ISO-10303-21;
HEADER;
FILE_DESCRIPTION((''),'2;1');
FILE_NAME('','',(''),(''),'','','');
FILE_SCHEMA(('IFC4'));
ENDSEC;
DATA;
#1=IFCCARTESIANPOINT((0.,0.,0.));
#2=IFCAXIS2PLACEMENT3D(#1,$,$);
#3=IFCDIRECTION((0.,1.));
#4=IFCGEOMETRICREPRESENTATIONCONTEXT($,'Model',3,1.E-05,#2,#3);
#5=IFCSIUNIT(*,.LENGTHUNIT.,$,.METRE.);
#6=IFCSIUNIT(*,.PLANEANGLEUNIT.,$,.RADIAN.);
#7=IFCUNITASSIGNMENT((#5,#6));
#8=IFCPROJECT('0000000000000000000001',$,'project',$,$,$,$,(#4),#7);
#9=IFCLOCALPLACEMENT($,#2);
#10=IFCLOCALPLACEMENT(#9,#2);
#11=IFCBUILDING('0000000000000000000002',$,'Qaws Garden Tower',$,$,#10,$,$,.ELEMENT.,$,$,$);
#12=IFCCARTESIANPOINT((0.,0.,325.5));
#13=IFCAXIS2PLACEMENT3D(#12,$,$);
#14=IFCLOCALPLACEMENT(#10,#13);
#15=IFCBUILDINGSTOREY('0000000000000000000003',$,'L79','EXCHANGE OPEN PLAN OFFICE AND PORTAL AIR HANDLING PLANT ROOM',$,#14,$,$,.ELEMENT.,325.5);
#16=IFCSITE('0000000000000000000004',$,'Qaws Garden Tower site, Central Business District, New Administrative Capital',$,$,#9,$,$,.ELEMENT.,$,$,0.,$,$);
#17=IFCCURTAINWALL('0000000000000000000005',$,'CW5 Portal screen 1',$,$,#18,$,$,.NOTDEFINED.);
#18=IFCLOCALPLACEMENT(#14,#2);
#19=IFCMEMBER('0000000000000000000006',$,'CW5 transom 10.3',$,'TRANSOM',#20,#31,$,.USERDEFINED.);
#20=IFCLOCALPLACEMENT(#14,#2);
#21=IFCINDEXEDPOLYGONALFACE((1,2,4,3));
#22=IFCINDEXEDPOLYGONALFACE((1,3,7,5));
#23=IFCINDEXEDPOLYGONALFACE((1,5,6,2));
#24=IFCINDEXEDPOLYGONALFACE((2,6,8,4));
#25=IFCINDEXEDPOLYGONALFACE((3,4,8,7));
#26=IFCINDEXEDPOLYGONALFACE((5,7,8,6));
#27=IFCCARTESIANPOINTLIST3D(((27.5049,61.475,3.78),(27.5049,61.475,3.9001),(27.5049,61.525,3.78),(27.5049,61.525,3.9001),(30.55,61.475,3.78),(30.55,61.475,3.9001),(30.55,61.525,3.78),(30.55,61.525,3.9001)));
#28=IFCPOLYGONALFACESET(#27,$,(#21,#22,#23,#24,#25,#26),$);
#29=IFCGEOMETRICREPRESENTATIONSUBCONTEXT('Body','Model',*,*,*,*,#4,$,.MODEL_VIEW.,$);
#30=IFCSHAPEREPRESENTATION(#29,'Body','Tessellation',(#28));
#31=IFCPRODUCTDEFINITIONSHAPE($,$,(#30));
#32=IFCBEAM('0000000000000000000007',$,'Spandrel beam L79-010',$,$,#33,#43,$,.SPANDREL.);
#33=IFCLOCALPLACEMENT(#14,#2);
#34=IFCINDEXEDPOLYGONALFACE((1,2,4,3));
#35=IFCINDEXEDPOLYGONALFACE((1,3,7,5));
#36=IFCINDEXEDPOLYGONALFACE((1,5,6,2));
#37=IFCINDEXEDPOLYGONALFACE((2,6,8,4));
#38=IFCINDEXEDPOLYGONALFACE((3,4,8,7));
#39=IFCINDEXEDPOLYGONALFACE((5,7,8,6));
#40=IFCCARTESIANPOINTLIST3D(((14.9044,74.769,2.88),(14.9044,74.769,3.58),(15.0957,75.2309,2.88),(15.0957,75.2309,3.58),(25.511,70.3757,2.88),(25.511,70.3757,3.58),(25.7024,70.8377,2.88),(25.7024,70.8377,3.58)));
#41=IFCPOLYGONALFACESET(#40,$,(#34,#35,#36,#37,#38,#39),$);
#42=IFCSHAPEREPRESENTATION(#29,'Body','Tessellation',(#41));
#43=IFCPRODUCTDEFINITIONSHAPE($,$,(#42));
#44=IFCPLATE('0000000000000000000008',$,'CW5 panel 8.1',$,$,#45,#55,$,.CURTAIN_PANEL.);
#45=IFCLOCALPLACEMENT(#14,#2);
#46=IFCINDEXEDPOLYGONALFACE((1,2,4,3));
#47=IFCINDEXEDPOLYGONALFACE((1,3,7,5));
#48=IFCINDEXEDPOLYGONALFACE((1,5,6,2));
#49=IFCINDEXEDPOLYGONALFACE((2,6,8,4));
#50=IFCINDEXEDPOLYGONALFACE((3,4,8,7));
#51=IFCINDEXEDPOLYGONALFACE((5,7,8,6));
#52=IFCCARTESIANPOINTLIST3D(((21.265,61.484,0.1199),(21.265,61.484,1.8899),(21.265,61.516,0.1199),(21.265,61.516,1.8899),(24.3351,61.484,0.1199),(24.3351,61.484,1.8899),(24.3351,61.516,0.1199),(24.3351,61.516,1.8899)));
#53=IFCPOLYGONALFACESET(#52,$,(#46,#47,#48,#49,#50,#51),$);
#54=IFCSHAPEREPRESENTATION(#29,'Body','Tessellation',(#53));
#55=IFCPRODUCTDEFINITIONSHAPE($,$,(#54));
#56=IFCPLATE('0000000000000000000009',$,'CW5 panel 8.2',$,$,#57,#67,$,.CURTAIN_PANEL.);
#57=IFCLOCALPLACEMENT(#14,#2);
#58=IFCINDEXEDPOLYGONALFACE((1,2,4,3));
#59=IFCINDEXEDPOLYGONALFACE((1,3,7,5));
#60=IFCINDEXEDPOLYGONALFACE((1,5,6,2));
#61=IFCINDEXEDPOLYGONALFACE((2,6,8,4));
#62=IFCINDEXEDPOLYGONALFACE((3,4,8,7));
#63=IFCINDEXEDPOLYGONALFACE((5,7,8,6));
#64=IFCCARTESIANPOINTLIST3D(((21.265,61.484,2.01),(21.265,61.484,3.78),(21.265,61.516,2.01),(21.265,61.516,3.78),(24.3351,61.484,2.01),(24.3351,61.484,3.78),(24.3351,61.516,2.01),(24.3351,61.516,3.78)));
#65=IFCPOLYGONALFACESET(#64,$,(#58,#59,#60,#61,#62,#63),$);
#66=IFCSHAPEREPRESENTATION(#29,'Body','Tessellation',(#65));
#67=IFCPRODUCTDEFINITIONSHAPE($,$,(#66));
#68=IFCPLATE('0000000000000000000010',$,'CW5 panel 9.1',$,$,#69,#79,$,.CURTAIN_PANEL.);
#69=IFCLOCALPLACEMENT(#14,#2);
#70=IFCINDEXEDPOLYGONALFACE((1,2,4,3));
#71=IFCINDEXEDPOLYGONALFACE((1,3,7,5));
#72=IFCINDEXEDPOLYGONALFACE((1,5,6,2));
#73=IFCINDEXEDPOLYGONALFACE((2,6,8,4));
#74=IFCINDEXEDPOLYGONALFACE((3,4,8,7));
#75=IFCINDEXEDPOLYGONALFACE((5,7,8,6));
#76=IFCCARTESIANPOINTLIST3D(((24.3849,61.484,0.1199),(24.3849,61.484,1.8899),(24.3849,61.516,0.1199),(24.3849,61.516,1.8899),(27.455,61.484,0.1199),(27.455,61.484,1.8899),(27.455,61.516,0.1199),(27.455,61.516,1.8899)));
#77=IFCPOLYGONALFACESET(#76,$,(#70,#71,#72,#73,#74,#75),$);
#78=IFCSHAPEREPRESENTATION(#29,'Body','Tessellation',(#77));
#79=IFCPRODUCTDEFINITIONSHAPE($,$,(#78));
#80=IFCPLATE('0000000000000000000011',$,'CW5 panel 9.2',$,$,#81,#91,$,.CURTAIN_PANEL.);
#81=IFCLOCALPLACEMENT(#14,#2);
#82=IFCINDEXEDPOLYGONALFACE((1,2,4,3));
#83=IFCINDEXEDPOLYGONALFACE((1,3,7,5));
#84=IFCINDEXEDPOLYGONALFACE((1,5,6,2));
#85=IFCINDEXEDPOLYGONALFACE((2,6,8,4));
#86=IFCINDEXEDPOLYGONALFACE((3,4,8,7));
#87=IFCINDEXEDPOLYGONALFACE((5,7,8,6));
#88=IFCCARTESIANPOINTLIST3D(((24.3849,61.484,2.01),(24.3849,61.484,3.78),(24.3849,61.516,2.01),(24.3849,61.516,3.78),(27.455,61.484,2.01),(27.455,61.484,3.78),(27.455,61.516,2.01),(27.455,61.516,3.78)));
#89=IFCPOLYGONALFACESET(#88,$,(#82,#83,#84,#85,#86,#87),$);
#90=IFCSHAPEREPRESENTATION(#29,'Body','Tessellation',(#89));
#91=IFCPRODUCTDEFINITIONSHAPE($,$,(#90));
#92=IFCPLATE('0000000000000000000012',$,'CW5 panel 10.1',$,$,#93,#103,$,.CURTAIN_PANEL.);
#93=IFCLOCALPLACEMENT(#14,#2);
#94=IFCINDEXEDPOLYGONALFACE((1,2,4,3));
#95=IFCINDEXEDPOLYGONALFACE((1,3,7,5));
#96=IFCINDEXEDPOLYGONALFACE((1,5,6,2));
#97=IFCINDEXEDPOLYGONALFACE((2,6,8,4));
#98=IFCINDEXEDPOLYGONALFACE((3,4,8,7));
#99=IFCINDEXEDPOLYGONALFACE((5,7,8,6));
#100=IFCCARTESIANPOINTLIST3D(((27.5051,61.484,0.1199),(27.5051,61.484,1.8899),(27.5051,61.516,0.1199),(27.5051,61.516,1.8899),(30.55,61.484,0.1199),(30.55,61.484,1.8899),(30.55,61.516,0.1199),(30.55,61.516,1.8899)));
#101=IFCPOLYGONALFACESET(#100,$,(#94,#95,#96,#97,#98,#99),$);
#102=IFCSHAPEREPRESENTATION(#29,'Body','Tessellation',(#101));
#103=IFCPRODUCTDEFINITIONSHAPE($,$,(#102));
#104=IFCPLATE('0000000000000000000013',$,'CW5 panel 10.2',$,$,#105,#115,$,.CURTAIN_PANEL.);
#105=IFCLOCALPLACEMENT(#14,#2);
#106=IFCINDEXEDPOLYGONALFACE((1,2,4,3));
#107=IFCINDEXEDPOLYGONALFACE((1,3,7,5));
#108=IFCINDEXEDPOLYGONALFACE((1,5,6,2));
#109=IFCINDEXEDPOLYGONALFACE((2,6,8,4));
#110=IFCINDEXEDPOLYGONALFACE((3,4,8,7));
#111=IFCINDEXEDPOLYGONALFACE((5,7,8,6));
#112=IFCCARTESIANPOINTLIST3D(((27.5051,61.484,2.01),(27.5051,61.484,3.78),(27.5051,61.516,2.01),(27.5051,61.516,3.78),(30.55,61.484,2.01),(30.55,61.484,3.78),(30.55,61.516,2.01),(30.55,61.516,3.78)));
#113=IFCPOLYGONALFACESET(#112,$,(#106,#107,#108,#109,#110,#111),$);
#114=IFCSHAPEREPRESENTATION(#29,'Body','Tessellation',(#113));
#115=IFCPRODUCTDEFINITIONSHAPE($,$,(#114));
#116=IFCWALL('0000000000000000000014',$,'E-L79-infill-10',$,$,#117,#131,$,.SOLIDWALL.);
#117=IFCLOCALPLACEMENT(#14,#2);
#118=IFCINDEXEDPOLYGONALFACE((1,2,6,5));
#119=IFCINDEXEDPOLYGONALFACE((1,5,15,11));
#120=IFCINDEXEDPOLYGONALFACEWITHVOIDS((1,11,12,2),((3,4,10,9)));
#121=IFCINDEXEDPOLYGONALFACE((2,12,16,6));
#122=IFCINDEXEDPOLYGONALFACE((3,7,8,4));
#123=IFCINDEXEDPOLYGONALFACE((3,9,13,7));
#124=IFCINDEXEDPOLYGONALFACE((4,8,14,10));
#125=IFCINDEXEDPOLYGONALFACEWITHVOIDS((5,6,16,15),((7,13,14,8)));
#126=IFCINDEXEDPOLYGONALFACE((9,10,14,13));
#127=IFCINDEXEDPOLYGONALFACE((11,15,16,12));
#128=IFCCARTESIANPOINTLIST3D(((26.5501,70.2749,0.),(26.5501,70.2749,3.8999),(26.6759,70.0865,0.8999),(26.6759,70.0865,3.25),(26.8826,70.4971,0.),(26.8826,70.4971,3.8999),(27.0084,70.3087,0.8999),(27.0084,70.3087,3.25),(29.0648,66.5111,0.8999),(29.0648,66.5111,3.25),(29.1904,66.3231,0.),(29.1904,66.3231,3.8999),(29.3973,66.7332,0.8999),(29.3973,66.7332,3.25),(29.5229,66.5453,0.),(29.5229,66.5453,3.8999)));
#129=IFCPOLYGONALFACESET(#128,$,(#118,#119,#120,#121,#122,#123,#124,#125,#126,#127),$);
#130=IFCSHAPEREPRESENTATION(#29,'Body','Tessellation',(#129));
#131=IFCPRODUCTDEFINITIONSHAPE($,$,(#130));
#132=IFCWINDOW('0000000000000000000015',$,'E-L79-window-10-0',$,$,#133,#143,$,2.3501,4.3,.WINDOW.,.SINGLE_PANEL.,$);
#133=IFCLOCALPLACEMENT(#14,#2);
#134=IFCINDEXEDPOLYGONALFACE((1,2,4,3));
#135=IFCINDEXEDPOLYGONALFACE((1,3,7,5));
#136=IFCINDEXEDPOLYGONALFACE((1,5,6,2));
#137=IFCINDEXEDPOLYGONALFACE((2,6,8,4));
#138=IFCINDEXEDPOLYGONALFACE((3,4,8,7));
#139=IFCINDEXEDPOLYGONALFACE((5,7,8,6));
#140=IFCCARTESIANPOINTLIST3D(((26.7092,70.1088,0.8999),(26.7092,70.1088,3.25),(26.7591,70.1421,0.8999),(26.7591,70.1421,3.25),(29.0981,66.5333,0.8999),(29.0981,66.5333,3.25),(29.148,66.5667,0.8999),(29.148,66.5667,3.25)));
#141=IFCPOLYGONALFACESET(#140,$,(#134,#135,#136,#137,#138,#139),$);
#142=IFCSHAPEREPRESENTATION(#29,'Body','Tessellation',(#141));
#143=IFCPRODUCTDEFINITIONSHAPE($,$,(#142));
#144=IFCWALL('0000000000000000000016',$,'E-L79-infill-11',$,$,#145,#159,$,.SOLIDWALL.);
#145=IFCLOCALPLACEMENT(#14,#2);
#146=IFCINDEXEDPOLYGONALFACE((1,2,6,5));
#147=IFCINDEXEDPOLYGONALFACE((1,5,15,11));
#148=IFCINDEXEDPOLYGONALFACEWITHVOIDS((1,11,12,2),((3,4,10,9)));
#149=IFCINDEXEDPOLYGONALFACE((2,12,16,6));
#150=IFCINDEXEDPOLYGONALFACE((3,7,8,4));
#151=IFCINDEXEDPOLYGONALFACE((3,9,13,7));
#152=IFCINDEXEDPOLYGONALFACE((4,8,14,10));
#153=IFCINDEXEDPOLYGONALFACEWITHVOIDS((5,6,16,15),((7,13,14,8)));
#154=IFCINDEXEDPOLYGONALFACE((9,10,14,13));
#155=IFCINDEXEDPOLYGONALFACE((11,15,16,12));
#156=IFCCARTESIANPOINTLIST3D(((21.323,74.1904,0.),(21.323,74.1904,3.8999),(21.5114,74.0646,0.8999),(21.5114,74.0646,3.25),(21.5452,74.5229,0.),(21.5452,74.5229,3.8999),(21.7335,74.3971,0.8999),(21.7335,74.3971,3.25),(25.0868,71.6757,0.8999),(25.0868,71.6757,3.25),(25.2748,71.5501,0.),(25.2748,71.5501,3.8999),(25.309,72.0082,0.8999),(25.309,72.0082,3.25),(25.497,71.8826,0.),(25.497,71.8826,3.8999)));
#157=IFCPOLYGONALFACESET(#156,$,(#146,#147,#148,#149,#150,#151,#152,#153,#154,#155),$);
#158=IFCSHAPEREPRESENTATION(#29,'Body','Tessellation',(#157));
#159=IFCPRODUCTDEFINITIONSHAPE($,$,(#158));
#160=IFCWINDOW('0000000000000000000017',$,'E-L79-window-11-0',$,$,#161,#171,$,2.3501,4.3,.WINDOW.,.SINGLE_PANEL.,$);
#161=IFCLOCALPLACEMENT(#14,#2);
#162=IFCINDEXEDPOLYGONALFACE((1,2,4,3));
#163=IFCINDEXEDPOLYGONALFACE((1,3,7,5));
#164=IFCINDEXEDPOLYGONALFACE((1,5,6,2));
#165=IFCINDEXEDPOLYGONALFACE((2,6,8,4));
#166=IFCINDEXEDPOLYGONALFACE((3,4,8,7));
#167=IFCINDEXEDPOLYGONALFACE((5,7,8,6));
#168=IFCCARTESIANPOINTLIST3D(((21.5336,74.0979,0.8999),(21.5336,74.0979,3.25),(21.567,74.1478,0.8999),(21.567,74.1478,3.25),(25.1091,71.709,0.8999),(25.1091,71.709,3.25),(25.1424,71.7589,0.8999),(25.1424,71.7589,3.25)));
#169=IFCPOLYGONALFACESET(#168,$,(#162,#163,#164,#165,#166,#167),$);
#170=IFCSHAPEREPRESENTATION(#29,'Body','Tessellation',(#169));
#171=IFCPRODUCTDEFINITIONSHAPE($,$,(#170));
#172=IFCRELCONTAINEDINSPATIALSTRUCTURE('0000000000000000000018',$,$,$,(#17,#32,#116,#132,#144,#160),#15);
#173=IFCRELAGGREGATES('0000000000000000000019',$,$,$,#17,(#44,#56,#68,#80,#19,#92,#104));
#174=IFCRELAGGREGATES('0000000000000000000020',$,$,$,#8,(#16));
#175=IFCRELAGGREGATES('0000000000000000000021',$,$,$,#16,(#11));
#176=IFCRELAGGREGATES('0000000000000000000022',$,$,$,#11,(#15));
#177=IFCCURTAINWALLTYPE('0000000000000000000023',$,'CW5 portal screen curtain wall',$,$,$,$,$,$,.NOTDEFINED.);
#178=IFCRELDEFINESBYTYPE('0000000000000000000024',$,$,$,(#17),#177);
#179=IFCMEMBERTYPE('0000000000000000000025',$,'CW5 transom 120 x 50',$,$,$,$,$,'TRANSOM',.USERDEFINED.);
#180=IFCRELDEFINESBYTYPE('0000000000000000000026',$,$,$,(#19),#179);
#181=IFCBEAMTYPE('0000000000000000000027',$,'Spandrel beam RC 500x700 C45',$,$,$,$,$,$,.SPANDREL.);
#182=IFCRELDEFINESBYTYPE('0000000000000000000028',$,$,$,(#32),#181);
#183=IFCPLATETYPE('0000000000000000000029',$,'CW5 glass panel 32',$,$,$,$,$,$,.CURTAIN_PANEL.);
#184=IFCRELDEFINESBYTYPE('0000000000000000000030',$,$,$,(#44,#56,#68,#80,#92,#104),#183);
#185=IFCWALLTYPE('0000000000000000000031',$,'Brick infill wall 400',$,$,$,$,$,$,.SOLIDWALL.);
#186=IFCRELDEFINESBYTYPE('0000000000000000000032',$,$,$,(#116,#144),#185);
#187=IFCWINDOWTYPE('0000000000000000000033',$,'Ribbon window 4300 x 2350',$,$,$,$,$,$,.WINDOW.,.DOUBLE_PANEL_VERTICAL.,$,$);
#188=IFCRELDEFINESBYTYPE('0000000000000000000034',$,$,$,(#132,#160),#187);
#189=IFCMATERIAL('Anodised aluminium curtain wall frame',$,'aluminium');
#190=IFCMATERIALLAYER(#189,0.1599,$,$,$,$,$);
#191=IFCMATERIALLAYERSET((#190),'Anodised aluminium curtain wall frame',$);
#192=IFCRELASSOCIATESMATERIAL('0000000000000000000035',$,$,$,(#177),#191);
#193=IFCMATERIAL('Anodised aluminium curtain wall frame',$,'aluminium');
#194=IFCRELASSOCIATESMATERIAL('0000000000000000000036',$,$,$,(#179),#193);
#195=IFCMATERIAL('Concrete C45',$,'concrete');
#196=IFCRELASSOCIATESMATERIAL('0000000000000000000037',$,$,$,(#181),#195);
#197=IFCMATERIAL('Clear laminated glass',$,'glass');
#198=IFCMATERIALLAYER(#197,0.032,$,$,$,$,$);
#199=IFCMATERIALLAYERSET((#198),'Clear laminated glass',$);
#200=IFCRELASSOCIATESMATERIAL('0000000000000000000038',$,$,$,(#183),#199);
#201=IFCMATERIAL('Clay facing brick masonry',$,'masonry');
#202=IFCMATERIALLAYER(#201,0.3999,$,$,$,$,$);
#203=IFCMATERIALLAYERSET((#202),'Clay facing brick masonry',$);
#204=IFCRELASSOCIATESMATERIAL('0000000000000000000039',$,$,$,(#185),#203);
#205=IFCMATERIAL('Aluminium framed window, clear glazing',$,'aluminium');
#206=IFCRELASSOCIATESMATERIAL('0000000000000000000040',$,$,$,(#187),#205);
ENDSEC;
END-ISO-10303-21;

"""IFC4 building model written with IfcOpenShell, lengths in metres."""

from ifc_helpers import new_model, si_unit, direction, frame, frame_2d, origin, origin_2d, place, context, subcontext, project, spatial, rectangle, extrude, material, layer, layer_set, material_profile, profile_set, type_object, element, fill, aggregate, save


model = new_model("IFC4")

# Units and contexts
model_context = context("Model", 3, precision=1e-05, world=origin(), true_north=direction((0.0, 1.0)))
body_context = subcontext(model_context, "Body", "Model", "MODEL_VIEW")
ifc_project = project(units=[si_unit("LENGTHUNIT", "METRE"), si_unit("PLANEANGLEUNIT", "RADIAN")], contexts=[model_context])

# Site, building, storey
site_placement = place(None, origin())
site = spatial("IfcSite", under=ifc_project, at=site_placement, Name="Qaws Garden Tower site, Central Business District, New Administrative Capital", CompositionType="ELEMENT", RefElevation=0.0)
building_placement = place(site_placement, origin())
building = spatial("IfcBuilding", under=site, at=building_placement, Name="Qaws Garden Tower", CompositionType="ELEMENT")
storey_placement = place(building_placement, frame((0.0, 0.0, 325.5)))
storey = spatial("IfcBuildingStorey", under=building, at=storey_placement, Name="L79", Description="EXCHANGE OPEN PLAN OFFICE AND PORTAL AIR HANDLING PLANT ROOM", CompositionType="ELEMENT", Elevation=325.5)

# Curtain wall, member
ifc_material_1 = material(Name="Anodised aluminium curtain wall frame", Category="aluminium")
ifc_layer_1 = layer(ifc_material_1, 0.1599)
ifc_layer_set_1 = layer_set([ifc_layer_1], Name="Anodised aluminium curtain wall frame")
curtain_wall_type = type_object("IfcCurtainWallType", Name="CW5 portal screen curtain wall", PredefinedType="NOTDEFINED", material=ifc_layer_set_1)
curtain_wall_placement = place(storey_placement, origin())
curtain_wall = element("IfcCurtainWall", 1, at=curtain_wall_placement, inside=storey, type_object=curtain_wall_type, Name="CW5 Portal screen 1", PredefinedType="NOTDEFINED")
ifc_material_2 = material(Name="Anodised aluminium curtain wall frame", Category="aluminium")
ifc_material_profile_1 = material_profile(ifc_material_2, rectangle(XDim=0.05, YDim=0.1201, at=origin_2d()), Name="AL 50x120")
ifc_profile_set_1 = profile_set([ifc_material_profile_1], Name="Anodised aluminium curtain wall frame")
member_type_1 = type_object("IfcMemberType", Name="CW5 transom 120 x 50", ElementType="TRANSOM", PredefinedType="USERDEFINED", material=ifc_profile_set_1)
member_1_placement = place(storey_placement, frame((27.5049, 61.5, 3.8401), z_axis=(1.0, 0.0, 0.0), x_axis=(0.0, 1.0, 0.0)))
member_1 = element("IfcMember", 2, at=member_1_placement, type_object=member_type_1, Name="CW5 transom 10.3", ObjectType="TRANSOM", PredefinedType="USERDEFINED", context=body_context, shape_type="SweptSolid", body=[
    extrude(rectangle(XDim=0.05, YDim=0.1201, at=origin_2d()), origin(), (0.0, 0.0, 1.0), 3.0452),
])

# Beam
ifc_material_3 = material(Name="Concrete C45", Category="concrete")
ifc_material_profile_2 = material_profile(ifc_material_3, rectangle(XDim=0.5, YDim=0.7, at=origin_2d()), Name="RC 500x700")
ifc_profile_set_2 = profile_set([ifc_material_profile_2], Name="Concrete C45")
beam_type = type_object("IfcBeamType", Name="Spandrel beam RC 500x700 C45", PredefinedType="SPANDREL", material=ifc_profile_set_2)
beam_placement = place(storey_placement, frame((25.6067, 70.6067, 3.23), z_axis=(-0.923883, 0.382674, 0.0), x_axis=(-0.382674, -0.923883, 0.0)))
element("IfcBeam", 3, at=beam_placement, inside=storey, type_object=beam_type, Name="Spandrel beam L79-010", PredefinedType="SPANDREL", context=body_context, shape_type="SweptSolid", body=[
    extrude(rectangle(XDim=0.5, YDim=0.7, at=origin_2d()), origin(), (0.0, 0.0, 1.0), 11.4805),
])

# Plates
ifc_material_4 = material(Name="Clear laminated glass", Category="glass")
ifc_layer_2 = layer(ifc_material_4, 0.032)
ifc_layer_set_2 = layer_set([ifc_layer_2], Name="Clear laminated glass")
plate_type = type_object("IfcPlateType", Name="CW5 glass panel 32", PredefinedType="CURTAIN_PANEL", material=ifc_layer_set_2)
plate_1_placement = place(storey_placement, frame((22.8, 61.5, 0.1199), z_axis=(0.0, 0.0, 1.0), x_axis=(1.0, 0.0, 0.0)))
plate_1 = element("IfcPlate", 4, at=plate_1_placement, type_object=plate_type, Name="CW5 panel 8.1", PredefinedType="CURTAIN_PANEL", context=body_context, shape_type="SweptSolid", body=[
    extrude(rectangle(XDim=3.0701, YDim=0.032, at=origin_2d()), origin(), (0.0, 0.0, 1.0), 1.77),
])
plate_2_placement = place(storey_placement, frame((22.8, 61.5, 2.01), z_axis=(0.0, 0.0, 1.0), x_axis=(1.0, 0.0, 0.0)))
plate_2 = element("IfcPlate", 5, at=plate_2_placement, type_object=plate_type, Name="CW5 panel 8.2", PredefinedType="CURTAIN_PANEL", context=body_context, shape_type="SweptSolid", body=[
    extrude(rectangle(XDim=3.0701, YDim=0.032, at=origin_2d()), origin(), (0.0, 0.0, 1.0), 1.77),
])
plate_3_placement = place(storey_placement, frame((25.9199, 61.5, 0.1199), z_axis=(0.0, 0.0, 1.0), x_axis=(1.0, 0.0, 0.0)))
plate_3 = element("IfcPlate", 6, at=plate_3_placement, type_object=plate_type, Name="CW5 panel 9.1", PredefinedType="CURTAIN_PANEL", context=body_context, shape_type="SweptSolid", body=[
    extrude(rectangle(XDim=3.0701, YDim=0.032, at=origin_2d()), origin(), (0.0, 0.0, 1.0), 1.77),
])
plate_4_placement = place(storey_placement, frame((25.9199, 61.5, 2.01), z_axis=(0.0, 0.0, 1.0), x_axis=(1.0, 0.0, 0.0)))
plate_4 = element("IfcPlate", 7, at=plate_4_placement, type_object=plate_type, Name="CW5 panel 9.2", PredefinedType="CURTAIN_PANEL", context=body_context, shape_type="SweptSolid", body=[
    extrude(rectangle(XDim=3.0701, YDim=0.032, at=origin_2d()), origin(), (0.0, 0.0, 1.0), 1.77),
])
plate_5_placement = place(storey_placement, frame((29.0276, 61.5, 0.1199), z_axis=(0.0, 0.0, 1.0), x_axis=(1.0, 0.0, 0.0)))
plate_5 = element("IfcPlate", 8, at=plate_5_placement, type_object=plate_type, Name="CW5 panel 10.1", PredefinedType="CURTAIN_PANEL", context=body_context, shape_type="SweptSolid", body=[
    extrude(rectangle(XDim=3.0449, YDim=0.032, at=origin_2d()), origin(), (0.0, 0.0, 1.0), 1.77),
])
plate_6_placement = place(storey_placement, frame((29.0276, 61.5, 2.01), z_axis=(0.0, 0.0, 1.0), x_axis=(1.0, 0.0, 0.0)))
plate_6 = element("IfcPlate", 9, at=plate_6_placement, type_object=plate_type, Name="CW5 panel 10.2", PredefinedType="CURTAIN_PANEL", context=body_context, shape_type="SweptSolid", body=[
    extrude(rectangle(XDim=3.0449, YDim=0.032, at=origin_2d()), origin(), (0.0, 0.0, 1.0), 1.77),
])
aggregate(curtain_wall, [plate_1, plate_2, plate_3, plate_4, member_1, plate_5, plate_6])

# Walls, openings, windows
ifc_material_5 = material(Name="Clay facing brick masonry", Category="masonry")
ifc_layer_3 = layer(ifc_material_5, 0.3999)
ifc_layer_set_3 = layer_set([ifc_layer_3], Name="Clay facing brick masonry")
wall_type = type_object("IfcWallType", Name="Brick infill wall 400", PredefinedType="SOLIDWALL", material=ifc_layer_set_3)
wall_1_placement = place(storey_placement, frame((29.3567, 66.4341, 0.0), z_axis=(0.0, 0.0, 1.0), x_axis=(-0.555542, 0.831489, 0.0)))
wall_1 = element("IfcWall", 10, at=wall_1_placement, inside=storey, type_object=wall_type, Name="E-L79-infill-10", PredefinedType="SOLIDWALL", context=body_context, shape_type="SweptSolid", body=[
    extrude(rectangle(XDim=4.7527, YDim=0.3999, at=frame_2d((2.3765, 0.0))), origin(), (0.0, 0.0, 1.0), 3.8999),
])
opening_1_placement = place(wall_1_placement, frame((0.2263, 0.0, 0.8999)))
opening_1 = element("IfcOpeningElement", 11, at=opening_1_placement, cuts=wall_1, PredefinedType="OPENING", context=body_context, shape_type="SweptSolid", body=[
    extrude(rectangle(XDim=4.3, YDim=2.3501, at=frame_2d((2.1499, 1.175))), frame((0.0, 0.21, 0.0), z_axis=(0.0, -1.0, 0.0), x_axis=(1.0, 0.0, 0.0)), (0.0, 0.0, 1.0), 0.4199),
])
ifc_material_6 = material(Name="Aluminium framed window, clear glazing", Category="aluminium")
window_type = type_object("IfcWindowType", Name="Ribbon window 4300 x 2350", PartitioningType="DOUBLE_PANEL_VERTICAL", PredefinedType="WINDOW", material=ifc_material_6)
window_1_placement = place(opening_1_placement, origin())
window_1 = element("IfcWindow", 12, at=window_1_placement, inside=storey, type_object=window_type, Name="E-L79-window-10-0", OverallHeight=2.3501, OverallWidth=4.3, PartitioningType="SINGLE_PANEL", PredefinedType="WINDOW", context=body_context, shape_type="SweptSolid", body=[
    extrude(rectangle(XDim=4.3, YDim=2.3501, at=frame_2d((2.1499, 1.175))), frame((0.0, 0.1599, 0.0), z_axis=(0.0, -1.0, 0.0), x_axis=(1.0, 0.0, 0.0)), (0.0, 0.0, 1.0), 0.0601),
])
fill(opening_1, window_1)
wall_2_placement = place(storey_placement, frame((25.386, 71.7163, 0.0), z_axis=(0.0, 0.0, 1.0), x_axis=(-0.831489, 0.555542, 0.0)))
wall_2 = element("IfcWall", 13, at=wall_2_placement, inside=storey, type_object=wall_type, Name="E-L79-infill-11", PredefinedType="SOLIDWALL", context=body_context, shape_type="SweptSolid", body=[
    extrude(rectangle(XDim=4.7527, YDim=0.3999, at=frame_2d((2.3765, 0.0))), origin(), (0.0, 0.0, 1.0), 3.8999),
])
opening_2_placement = place(wall_2_placement, frame((0.2263, 0.0, 0.8999)))
opening_2 = element("IfcOpeningElement", 14, at=opening_2_placement, cuts=wall_2, PredefinedType="OPENING", context=body_context, shape_type="SweptSolid", body=[
    extrude(rectangle(XDim=4.3, YDim=2.3501, at=frame_2d((2.1499, 1.175))), frame((0.0, 0.21, 0.0), z_axis=(0.0, -1.0, 0.0), x_axis=(1.0, 0.0, 0.0)), (0.0, 0.0, 1.0), 0.4199),
])
window_2_placement = place(opening_2_placement, origin())
window_2 = element("IfcWindow", 15, at=window_2_placement, inside=storey, type_object=window_type, Name="E-L79-window-11-0", OverallHeight=2.3501, OverallWidth=4.3, PartitioningType="SINGLE_PANEL", PredefinedType="WINDOW", context=body_context, shape_type="SweptSolid", body=[
    extrude(rectangle(XDim=4.3, YDim=2.3501, at=frame_2d((2.1499, 1.175))), frame((0.0, 0.1599, 0.0), z_axis=(0.0, -1.0, 0.0), x_axis=(1.0, 0.0, 0.0)), (0.0, 0.0, 1.0), 0.0601),
])
fill(opening_2, window_2)

save(model, "model.ifc")
